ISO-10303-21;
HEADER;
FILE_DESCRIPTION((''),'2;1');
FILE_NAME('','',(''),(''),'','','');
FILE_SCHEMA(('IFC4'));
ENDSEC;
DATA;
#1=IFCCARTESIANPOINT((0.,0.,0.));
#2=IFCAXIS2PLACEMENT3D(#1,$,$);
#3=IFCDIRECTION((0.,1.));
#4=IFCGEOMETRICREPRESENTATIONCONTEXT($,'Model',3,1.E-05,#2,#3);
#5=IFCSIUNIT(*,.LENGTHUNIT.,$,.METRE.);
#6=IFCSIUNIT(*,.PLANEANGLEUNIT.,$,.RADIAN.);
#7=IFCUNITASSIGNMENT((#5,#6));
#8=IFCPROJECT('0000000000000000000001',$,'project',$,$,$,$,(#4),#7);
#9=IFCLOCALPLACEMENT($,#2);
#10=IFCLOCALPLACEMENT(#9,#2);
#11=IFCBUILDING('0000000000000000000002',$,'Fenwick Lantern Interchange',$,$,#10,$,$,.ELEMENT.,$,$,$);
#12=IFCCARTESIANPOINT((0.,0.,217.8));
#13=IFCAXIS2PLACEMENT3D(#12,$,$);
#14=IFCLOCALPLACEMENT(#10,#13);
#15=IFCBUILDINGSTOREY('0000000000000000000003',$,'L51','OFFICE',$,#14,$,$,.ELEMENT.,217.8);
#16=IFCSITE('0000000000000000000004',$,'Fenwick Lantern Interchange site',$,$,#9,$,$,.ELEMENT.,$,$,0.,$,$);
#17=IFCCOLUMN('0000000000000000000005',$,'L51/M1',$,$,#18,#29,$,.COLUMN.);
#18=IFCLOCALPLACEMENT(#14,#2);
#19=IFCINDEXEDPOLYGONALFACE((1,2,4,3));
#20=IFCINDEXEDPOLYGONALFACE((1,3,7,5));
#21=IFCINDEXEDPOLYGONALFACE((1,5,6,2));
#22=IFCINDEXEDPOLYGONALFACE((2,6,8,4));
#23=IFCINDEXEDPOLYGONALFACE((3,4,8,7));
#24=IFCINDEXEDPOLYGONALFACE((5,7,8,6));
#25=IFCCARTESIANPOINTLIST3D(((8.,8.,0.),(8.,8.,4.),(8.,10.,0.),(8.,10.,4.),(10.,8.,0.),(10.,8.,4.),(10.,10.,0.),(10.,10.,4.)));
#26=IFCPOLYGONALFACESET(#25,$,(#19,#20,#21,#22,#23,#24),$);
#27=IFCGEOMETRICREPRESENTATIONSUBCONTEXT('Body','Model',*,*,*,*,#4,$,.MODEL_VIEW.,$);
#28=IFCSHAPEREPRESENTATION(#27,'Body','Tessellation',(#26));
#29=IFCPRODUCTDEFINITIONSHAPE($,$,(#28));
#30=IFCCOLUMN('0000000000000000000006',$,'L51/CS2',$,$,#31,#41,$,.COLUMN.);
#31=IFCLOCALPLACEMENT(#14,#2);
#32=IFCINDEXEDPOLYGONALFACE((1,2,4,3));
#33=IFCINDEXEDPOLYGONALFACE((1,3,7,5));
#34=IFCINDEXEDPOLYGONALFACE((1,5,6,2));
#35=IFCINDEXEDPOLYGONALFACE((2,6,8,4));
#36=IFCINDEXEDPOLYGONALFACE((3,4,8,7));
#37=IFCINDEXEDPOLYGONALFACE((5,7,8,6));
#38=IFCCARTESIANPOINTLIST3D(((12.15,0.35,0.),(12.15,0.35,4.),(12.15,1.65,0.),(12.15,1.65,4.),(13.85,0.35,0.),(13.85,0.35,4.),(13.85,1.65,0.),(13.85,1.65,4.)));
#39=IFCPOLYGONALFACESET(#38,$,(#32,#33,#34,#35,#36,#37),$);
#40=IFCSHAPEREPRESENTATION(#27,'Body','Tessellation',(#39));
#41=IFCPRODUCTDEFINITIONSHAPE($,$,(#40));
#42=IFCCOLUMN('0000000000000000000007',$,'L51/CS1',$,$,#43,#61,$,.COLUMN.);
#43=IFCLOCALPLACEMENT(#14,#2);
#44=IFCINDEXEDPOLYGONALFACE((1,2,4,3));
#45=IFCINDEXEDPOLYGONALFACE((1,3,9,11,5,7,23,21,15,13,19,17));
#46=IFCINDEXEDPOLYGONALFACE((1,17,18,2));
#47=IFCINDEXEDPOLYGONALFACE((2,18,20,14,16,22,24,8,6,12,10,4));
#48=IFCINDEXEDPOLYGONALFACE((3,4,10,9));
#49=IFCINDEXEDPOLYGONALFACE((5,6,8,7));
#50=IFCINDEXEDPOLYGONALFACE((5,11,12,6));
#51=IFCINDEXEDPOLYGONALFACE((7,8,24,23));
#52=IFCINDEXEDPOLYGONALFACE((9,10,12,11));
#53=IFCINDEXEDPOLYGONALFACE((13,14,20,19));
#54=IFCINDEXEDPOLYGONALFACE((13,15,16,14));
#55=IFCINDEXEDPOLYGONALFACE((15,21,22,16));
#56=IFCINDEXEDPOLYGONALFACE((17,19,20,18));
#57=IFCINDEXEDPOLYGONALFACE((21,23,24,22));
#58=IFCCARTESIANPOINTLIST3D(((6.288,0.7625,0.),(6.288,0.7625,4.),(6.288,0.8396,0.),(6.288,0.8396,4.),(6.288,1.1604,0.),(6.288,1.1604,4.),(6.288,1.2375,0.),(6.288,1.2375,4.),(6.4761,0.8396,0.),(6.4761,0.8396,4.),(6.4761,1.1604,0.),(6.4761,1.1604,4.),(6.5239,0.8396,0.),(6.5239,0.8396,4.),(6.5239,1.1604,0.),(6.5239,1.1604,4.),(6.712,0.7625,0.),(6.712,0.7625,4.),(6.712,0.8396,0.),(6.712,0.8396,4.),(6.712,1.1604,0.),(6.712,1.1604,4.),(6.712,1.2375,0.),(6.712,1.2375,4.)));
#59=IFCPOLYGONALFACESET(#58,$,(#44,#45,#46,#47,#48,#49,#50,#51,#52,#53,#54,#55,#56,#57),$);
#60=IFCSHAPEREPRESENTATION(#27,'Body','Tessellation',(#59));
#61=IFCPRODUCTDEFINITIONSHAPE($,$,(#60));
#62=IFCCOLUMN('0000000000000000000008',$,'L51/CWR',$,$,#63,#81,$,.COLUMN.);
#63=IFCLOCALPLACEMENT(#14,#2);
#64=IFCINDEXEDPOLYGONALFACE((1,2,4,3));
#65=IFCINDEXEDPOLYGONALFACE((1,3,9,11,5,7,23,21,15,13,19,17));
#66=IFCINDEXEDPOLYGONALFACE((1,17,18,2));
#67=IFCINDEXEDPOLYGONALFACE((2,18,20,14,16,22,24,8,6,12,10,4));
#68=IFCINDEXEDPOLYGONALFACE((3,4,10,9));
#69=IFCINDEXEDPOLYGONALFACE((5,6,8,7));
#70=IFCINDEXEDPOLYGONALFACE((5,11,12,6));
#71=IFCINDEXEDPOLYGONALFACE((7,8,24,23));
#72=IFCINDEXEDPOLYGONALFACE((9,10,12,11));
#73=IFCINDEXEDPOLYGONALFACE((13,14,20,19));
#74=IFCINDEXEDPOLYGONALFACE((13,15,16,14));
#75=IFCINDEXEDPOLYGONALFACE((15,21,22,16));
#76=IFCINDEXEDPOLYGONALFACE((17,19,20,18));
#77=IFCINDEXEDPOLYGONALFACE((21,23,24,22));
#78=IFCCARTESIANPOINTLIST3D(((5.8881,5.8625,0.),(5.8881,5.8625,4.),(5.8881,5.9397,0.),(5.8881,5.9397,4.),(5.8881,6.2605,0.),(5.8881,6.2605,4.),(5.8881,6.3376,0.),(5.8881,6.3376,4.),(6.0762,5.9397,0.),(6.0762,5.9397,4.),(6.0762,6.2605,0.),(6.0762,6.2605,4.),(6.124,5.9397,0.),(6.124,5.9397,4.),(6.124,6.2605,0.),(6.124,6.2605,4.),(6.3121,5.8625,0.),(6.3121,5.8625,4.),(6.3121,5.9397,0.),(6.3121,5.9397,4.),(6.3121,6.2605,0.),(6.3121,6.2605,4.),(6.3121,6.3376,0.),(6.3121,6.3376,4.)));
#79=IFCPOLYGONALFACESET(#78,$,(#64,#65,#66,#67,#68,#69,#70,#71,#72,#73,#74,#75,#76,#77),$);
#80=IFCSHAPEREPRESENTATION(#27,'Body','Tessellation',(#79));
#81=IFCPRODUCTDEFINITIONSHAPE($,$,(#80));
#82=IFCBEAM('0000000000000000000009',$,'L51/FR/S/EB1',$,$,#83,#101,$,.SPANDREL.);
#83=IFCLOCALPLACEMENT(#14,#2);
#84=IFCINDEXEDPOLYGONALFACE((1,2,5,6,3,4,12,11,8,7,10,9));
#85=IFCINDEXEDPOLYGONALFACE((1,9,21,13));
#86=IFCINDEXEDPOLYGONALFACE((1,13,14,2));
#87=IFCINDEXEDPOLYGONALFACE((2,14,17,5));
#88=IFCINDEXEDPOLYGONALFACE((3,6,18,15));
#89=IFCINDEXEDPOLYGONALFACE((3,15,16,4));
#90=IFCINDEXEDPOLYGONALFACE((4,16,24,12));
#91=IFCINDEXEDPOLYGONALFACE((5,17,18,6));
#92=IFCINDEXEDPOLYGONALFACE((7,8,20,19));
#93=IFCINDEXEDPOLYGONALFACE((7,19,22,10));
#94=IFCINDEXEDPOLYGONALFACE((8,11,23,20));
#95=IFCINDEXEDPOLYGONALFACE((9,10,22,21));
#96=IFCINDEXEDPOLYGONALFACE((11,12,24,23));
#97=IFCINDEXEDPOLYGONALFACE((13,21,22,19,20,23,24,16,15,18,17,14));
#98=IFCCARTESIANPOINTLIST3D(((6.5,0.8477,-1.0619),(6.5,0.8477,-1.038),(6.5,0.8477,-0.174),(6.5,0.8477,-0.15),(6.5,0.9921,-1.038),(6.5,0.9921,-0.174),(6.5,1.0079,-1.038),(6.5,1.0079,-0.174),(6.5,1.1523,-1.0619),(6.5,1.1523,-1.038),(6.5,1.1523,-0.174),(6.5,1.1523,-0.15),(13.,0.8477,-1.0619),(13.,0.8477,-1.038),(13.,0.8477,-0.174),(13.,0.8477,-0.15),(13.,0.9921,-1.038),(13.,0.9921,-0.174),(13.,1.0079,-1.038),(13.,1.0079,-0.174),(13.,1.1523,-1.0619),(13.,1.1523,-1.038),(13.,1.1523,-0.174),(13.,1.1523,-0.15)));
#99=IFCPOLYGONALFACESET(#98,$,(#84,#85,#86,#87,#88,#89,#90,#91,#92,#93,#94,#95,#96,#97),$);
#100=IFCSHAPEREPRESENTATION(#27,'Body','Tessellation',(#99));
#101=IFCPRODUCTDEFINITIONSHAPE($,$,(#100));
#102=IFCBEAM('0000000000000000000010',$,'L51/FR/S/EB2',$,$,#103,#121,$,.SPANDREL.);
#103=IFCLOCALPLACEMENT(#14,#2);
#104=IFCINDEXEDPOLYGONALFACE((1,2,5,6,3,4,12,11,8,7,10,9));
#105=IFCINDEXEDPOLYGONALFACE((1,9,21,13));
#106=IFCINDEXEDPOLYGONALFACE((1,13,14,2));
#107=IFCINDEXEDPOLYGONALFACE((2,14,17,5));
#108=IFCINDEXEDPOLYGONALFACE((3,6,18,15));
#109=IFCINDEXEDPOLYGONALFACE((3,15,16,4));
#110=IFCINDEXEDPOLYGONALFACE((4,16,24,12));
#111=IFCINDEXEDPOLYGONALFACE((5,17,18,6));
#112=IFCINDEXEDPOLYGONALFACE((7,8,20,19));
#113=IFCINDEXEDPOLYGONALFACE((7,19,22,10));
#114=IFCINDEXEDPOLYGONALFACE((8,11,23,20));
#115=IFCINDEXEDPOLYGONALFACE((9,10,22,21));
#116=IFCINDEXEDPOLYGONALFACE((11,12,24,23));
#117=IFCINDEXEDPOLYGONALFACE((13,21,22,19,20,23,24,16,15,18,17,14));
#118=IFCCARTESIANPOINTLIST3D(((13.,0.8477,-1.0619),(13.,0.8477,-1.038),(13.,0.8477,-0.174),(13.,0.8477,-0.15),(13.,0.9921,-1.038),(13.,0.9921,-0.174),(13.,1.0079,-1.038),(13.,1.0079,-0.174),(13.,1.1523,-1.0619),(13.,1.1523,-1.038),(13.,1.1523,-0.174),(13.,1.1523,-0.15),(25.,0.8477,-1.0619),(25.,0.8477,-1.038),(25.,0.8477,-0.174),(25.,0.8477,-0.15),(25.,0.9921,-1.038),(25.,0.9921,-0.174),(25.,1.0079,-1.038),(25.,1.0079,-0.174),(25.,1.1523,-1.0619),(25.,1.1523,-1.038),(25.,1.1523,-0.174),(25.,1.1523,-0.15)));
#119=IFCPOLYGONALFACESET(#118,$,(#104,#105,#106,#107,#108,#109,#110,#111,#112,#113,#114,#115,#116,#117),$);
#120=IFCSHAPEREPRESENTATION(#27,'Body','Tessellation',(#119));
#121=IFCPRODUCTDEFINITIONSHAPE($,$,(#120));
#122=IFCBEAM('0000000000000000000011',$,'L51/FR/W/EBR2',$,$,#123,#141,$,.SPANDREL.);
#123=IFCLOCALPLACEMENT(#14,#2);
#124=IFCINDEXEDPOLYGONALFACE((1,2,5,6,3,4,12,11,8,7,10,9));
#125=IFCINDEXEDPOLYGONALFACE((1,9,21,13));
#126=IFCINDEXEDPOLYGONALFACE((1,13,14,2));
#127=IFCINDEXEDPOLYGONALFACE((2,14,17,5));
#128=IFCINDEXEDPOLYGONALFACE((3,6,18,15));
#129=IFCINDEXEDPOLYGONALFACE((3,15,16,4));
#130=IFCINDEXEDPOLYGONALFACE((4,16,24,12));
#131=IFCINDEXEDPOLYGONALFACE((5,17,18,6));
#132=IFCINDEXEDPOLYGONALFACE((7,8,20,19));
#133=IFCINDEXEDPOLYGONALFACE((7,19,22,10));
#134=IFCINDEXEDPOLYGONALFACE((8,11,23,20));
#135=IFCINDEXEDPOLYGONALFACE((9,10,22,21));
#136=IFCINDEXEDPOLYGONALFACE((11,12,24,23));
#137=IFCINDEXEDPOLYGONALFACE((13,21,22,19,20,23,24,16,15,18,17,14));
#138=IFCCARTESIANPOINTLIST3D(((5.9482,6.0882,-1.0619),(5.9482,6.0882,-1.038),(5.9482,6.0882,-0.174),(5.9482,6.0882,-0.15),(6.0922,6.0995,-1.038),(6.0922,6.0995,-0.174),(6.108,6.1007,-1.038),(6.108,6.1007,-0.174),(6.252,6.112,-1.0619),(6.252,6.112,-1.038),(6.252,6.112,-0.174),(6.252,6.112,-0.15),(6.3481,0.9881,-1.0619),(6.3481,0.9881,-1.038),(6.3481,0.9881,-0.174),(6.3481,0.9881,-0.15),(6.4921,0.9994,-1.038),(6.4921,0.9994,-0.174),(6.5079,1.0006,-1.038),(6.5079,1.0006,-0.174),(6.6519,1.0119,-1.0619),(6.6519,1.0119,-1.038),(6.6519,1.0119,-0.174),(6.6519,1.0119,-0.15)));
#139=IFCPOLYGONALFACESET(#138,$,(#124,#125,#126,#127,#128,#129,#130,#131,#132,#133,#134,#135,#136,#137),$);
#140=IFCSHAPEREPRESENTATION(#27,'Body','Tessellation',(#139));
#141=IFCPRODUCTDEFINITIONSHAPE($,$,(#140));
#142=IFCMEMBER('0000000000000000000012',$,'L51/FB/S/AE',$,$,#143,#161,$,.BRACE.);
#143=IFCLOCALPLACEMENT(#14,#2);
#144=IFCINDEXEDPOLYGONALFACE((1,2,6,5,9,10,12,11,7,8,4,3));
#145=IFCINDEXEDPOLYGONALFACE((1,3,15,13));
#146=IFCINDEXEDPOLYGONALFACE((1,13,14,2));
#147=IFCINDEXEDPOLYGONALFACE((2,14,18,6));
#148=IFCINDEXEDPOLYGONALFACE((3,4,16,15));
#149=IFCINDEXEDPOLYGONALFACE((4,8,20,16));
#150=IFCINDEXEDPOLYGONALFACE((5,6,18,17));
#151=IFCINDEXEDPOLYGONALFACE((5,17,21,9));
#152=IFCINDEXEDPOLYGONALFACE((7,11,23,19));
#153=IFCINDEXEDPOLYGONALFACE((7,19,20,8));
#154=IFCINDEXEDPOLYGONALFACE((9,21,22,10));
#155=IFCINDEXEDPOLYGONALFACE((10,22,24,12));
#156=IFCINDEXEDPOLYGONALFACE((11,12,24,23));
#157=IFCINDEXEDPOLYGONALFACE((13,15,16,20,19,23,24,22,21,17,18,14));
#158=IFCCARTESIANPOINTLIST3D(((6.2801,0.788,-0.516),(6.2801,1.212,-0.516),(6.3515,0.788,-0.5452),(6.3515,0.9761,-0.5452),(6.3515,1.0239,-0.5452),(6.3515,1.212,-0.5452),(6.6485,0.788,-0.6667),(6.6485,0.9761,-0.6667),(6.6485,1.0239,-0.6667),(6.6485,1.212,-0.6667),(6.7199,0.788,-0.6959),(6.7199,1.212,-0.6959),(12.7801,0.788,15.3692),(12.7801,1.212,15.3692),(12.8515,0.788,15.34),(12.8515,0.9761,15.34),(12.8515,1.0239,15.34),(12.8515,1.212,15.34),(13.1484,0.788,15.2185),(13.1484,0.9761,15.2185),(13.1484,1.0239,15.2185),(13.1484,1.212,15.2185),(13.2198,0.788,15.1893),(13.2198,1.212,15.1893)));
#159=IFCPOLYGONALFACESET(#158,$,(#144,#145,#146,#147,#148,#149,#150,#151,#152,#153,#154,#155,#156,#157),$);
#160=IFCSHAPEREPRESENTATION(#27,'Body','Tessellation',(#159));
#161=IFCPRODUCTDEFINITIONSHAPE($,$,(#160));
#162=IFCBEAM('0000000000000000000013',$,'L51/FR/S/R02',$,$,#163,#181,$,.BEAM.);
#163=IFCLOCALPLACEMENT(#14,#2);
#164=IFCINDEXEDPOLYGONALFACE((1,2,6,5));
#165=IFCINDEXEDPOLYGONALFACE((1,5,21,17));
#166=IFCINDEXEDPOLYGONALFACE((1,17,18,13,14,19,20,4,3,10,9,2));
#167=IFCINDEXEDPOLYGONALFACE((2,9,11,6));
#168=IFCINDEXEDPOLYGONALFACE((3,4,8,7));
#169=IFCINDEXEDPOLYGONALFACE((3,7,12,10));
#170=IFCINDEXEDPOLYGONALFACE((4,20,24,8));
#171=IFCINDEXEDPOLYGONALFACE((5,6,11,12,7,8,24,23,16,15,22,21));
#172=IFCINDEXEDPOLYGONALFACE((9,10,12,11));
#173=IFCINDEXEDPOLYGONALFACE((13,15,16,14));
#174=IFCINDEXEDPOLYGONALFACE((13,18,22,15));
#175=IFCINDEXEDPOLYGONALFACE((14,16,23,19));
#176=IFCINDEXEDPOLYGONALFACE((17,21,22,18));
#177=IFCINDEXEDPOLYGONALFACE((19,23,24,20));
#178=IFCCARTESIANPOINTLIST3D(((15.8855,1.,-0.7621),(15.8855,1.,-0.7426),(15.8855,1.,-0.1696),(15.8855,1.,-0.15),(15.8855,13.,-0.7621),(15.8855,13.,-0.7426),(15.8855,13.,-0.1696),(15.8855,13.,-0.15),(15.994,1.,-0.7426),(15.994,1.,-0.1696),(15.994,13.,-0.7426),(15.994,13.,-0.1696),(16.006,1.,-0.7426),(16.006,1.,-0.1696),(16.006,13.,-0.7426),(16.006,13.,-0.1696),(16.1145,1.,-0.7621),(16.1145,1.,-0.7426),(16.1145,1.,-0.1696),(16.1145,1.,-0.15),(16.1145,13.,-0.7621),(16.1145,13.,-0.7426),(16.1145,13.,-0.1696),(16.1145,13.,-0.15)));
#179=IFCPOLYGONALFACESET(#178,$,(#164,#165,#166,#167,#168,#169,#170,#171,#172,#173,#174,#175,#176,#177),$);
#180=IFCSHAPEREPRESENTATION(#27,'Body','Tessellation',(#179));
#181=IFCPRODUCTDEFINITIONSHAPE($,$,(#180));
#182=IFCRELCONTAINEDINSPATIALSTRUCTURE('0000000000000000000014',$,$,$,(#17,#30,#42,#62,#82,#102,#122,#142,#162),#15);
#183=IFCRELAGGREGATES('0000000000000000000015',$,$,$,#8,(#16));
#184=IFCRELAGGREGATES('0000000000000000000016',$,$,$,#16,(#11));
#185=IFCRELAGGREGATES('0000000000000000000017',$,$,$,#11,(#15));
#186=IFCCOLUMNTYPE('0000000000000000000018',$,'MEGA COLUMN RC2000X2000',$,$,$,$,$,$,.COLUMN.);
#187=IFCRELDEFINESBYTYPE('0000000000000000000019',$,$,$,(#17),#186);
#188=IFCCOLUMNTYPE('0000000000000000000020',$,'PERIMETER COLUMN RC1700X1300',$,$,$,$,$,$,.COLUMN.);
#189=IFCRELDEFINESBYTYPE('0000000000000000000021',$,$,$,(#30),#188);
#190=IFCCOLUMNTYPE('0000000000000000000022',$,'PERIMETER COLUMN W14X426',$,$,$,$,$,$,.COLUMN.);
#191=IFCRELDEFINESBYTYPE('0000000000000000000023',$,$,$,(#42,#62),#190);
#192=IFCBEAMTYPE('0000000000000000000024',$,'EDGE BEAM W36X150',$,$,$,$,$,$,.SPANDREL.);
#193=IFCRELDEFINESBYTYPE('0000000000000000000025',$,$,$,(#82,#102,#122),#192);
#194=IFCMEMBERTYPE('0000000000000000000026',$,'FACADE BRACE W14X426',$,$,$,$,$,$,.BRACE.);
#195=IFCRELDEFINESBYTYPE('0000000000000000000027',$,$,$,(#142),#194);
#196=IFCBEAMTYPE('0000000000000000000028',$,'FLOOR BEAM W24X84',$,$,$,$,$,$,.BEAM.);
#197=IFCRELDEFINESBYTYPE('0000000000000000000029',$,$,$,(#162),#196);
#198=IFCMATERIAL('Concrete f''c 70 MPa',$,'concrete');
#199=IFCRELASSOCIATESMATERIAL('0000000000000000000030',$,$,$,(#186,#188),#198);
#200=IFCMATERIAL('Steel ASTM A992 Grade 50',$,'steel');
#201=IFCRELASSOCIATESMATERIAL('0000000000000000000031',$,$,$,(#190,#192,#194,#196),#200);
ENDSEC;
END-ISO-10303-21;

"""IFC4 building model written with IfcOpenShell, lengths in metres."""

from ifc_helpers import new_model, si_unit, direction, frame, origin, origin_2d, place, context, subcontext, project, spatial, rectangle, i_section, extrude, material, material_profile, profile_set, type_object, element, save


model = new_model("IFC4")

# Units and contexts
model_context = context("Model", 3, precision=1e-05, world=origin(), true_north=direction((0.0, 1.0)))
body_context = subcontext(model_context, "Body", "Model", "MODEL_VIEW")
ifc_project = project(units=[si_unit("LENGTHUNIT", "METRE"), si_unit("PLANEANGLEUNIT", "RADIAN")], contexts=[model_context])

# Site, building, storey
site_placement = place(None, origin())
site = spatial("IfcSite", under=ifc_project, at=site_placement, Name="Fenwick Lantern Interchange site", CompositionType="ELEMENT", RefElevation=0.0)
building_placement = place(site_placement, origin())
building = spatial("IfcBuilding", under=site, at=building_placement, Name="Fenwick Lantern Interchange", CompositionType="ELEMENT")
storey_placement = place(building_placement, frame((0.0, 0.0, 217.8)))
storey = spatial("IfcBuildingStorey", under=building, at=storey_placement, Name="L51", Description="OFFICE", CompositionType="ELEMENT", Elevation=217.8)

# Columns
ifc_material_1 = material(Name="Concrete f'c 70 MPa", Category="concrete")
ifc_material_profile_1 = material_profile(ifc_material_1, rectangle(XDim=2.0, YDim=2.0, at=origin_2d()), Name="RC2000X2000")
ifc_profile_set_1 = profile_set([ifc_material_profile_1], Name="Concrete f'c 70 MPa")
column_type_1 = type_object("IfcColumnType", Name="MEGA COLUMN RC2000X2000", PredefinedType="COLUMN", material=ifc_profile_set_1)
column_1_placement = place(storey_placement, frame((9.0, 9.0, 0.0), z_axis=(0.0, 0.0, 1.0), x_axis=(1.0, 0.0, 0.0)))
element("IfcColumn", 1, at=column_1_placement, inside=storey, type_object=column_type_1, Name="L51/M1", PredefinedType="COLUMN", context=body_context, shape_type="SweptSolid", body=[
    extrude(rectangle(XDim=2.0, YDim=2.0, at=origin_2d()), origin(), (0.0, 0.0, 1.0), 4.0),
])
ifc_material_profile_2 = material_profile(ifc_material_1, rectangle(XDim=1.7, YDim=1.3, at=origin_2d()), Name="RC1700X1300")
ifc_profile_set_2 = profile_set([ifc_material_profile_2], Name="Concrete f'c 70 MPa")
column_type_2 = type_object("IfcColumnType", Name="PERIMETER COLUMN RC1700X1300", PredefinedType="COLUMN", material=ifc_profile_set_2)
column_2_placement = place(storey_placement, frame((13.0, 1.0, 0.0), z_axis=(0.0, 0.0, 1.0), x_axis=(1.0, 0.0, 0.0)))
element("IfcColumn", 2, at=column_2_placement, inside=storey, type_object=column_type_2, Name="L51/CS2", PredefinedType="COLUMN", context=body_context, shape_type="SweptSolid", body=[
    extrude(rectangle(XDim=1.7, YDim=1.3, at=origin_2d()), origin(), (0.0, 0.0, 1.0), 4.0),
])
ifc_material_2 = material(Name="Steel ASTM A992 Grade 50", Category="steel")
ifc_material_profile_3 = material_profile(ifc_material_2, i_section(OverallWidth=0.4241, OverallDepth=0.4751, WebThickness=0.0479, FlangeThickness=0.0771, at=origin_2d()), Name="W14X426")
ifc_profile_set_3 = profile_set([ifc_material_profile_3], Name="Steel ASTM A992 Grade 50")
column_type_3 = type_object("IfcColumnType", Name="PERIMETER COLUMN W14X426", PredefinedType="COLUMN", material=ifc_profile_set_3)
for number, where, z_axis, x_axis, name in (
    (3, (6.5, 1.0, 0.0), (0.0, 0.0, 1.0), (1.0, 0.0, 0.0), "L51/CS1"),
    (4, (6.1001, 6.1001, 0.0), (0.0, 0.0, 1.0), (1.0, 0.0, 0.0), "L51/CWR"),
):
    element("IfcColumn", number, at=place(storey_placement, frame(where, z_axis=z_axis, x_axis=x_axis)), inside=storey, type_object=column_type_3, Name=name, PredefinedType="COLUMN", context=body_context, shape_type="SweptSolid", body=[
        extrude(i_section(OverallWidth=0.4241, OverallDepth=0.4751, WebThickness=0.0479, FlangeThickness=0.0771, at=origin_2d()), origin(), (0.0, 0.0, 1.0), 4.0),
    ])

# Beams
ifc_material_profile_4 = material_profile(ifc_material_2, i_section(OverallWidth=0.3047, OverallDepth=0.9119, WebThickness=0.0159, FlangeThickness=0.0239, at=origin_2d()), Name="W36X150")
ifc_profile_set_4 = profile_set([ifc_material_profile_4], Name="Steel ASTM A992 Grade 50")
beam_type_1 = type_object("IfcBeamType", Name="EDGE BEAM W36X150", PredefinedType="SPANDREL", material=ifc_profile_set_4)
beam_1_placement = place(storey_placement, frame((6.5, 1.0, -0.606), z_axis=(1.0, 0.0, 0.0), x_axis=(0.0, 1.0, 0.0)))
element("IfcBeam", 5, at=beam_1_placement, inside=storey, type_object=beam_type_1, Name="L51/FR/S/EB1", PredefinedType="SPANDREL", context=body_context, shape_type="SweptSolid", body=[
    extrude(i_section(OverallWidth=0.3047, OverallDepth=0.9119, WebThickness=0.0159, FlangeThickness=0.0239, at=origin_2d()), origin(), (0.0, 0.0, 1.0), 6.5),
])
beam_2_placement = place(storey_placement, frame((13.0, 1.0, -0.606), z_axis=(1.0, 0.0, 0.0), x_axis=(0.0, 1.0, 0.0)))
element("IfcBeam", 6, at=beam_2_placement, inside=storey, type_object=beam_type_1, Name="L51/FR/S/EB2", PredefinedType="SPANDREL", context=body_context, shape_type="SweptSolid", body=[
    extrude(i_section(OverallWidth=0.3047, OverallDepth=0.9119, WebThickness=0.0159, FlangeThickness=0.0239, at=origin_2d()), origin(), (0.0, 0.0, 1.0), 12.0),
])
beam_3_placement = place(storey_placement, frame((6.1001, 6.1001, -0.606), z_axis=(0.078171, -0.99694, 0.0), x_axis=(0.99694, 0.078171, 0.0)))
element("IfcBeam", 7, at=beam_3_placement, inside=storey, type_object=beam_type_1, Name="L51/FR/W/EBR2", PredefinedType="SPANDREL", context=body_context, shape_type="SweptSolid", body=[
    extrude(i_section(OverallWidth=0.3047, OverallDepth=0.9119, WebThickness=0.0159, FlangeThickness=0.0239, at=origin_2d()), origin(), (0.0, 0.0, 1.0), 5.1157),
])

# Member
ifc_material_profile_5 = material_profile(ifc_material_2, i_section(OverallWidth=0.4241, OverallDepth=0.4751, WebThickness=0.0479, FlangeThickness=0.0771, at=origin_2d()), Name="W14X426")
ifc_profile_set_5 = profile_set([ifc_material_profile_5], Name="Steel ASTM A992 Grade 50")
member_type_1 = type_object("IfcMemberType", Name="FACADE BRACE W14X426", PredefinedType="BRACE", material=ifc_profile_set_5)
member_1_placement = place(storey_placement, frame((6.5, 1.0, -0.606), z_axis=(0.378707, 0.0, 0.925517), x_axis=(0.0, 1.0, 0.0)))
element("IfcMember", 8, at=member_1_placement, inside=storey, type_object=member_type_1, Name="L51/FB/S/AE", PredefinedType="BRACE", context=body_context, shape_type="SweptSolid", body=[
    extrude(i_section(OverallWidth=0.4241, OverallDepth=0.4751, WebThickness=0.0479, FlangeThickness=0.0771, at=origin_2d()), origin(), (0.0, 0.0, 1.0), 17.1636),
])

# Beam
ifc_material_profile_6 = material_profile(ifc_material_2, i_section(OverallWidth=0.229, OverallDepth=0.6121, WebThickness=0.012, FlangeThickness=0.0195, at=origin_2d()), Name="W24X84")
ifc_profile_set_6 = profile_set([ifc_material_profile_6], Name="Steel ASTM A992 Grade 50")
beam_type_2 = type_object("IfcBeamType", Name="FLOOR BEAM W24X84", PredefinedType="BEAM", material=ifc_profile_set_6)
beam_4_placement = place(storey_placement, frame((16.0, 1.0, -0.4561), z_axis=(0.0, 1.0, 0.0), x_axis=(-1.0, 0.0, 0.0)))
element("IfcBeam", 9, at=beam_4_placement, inside=storey, type_object=beam_type_2, Name="L51/FR/S/R02", PredefinedType="BEAM", context=body_context, shape_type="SweptSolid", body=[
    extrude(i_section(OverallWidth=0.229, OverallDepth=0.6121, WebThickness=0.012, FlangeThickness=0.0195, at=origin_2d()), origin(), (0.0, 0.0, 1.0), 12.0),
])

save(model, "model.ifc")
